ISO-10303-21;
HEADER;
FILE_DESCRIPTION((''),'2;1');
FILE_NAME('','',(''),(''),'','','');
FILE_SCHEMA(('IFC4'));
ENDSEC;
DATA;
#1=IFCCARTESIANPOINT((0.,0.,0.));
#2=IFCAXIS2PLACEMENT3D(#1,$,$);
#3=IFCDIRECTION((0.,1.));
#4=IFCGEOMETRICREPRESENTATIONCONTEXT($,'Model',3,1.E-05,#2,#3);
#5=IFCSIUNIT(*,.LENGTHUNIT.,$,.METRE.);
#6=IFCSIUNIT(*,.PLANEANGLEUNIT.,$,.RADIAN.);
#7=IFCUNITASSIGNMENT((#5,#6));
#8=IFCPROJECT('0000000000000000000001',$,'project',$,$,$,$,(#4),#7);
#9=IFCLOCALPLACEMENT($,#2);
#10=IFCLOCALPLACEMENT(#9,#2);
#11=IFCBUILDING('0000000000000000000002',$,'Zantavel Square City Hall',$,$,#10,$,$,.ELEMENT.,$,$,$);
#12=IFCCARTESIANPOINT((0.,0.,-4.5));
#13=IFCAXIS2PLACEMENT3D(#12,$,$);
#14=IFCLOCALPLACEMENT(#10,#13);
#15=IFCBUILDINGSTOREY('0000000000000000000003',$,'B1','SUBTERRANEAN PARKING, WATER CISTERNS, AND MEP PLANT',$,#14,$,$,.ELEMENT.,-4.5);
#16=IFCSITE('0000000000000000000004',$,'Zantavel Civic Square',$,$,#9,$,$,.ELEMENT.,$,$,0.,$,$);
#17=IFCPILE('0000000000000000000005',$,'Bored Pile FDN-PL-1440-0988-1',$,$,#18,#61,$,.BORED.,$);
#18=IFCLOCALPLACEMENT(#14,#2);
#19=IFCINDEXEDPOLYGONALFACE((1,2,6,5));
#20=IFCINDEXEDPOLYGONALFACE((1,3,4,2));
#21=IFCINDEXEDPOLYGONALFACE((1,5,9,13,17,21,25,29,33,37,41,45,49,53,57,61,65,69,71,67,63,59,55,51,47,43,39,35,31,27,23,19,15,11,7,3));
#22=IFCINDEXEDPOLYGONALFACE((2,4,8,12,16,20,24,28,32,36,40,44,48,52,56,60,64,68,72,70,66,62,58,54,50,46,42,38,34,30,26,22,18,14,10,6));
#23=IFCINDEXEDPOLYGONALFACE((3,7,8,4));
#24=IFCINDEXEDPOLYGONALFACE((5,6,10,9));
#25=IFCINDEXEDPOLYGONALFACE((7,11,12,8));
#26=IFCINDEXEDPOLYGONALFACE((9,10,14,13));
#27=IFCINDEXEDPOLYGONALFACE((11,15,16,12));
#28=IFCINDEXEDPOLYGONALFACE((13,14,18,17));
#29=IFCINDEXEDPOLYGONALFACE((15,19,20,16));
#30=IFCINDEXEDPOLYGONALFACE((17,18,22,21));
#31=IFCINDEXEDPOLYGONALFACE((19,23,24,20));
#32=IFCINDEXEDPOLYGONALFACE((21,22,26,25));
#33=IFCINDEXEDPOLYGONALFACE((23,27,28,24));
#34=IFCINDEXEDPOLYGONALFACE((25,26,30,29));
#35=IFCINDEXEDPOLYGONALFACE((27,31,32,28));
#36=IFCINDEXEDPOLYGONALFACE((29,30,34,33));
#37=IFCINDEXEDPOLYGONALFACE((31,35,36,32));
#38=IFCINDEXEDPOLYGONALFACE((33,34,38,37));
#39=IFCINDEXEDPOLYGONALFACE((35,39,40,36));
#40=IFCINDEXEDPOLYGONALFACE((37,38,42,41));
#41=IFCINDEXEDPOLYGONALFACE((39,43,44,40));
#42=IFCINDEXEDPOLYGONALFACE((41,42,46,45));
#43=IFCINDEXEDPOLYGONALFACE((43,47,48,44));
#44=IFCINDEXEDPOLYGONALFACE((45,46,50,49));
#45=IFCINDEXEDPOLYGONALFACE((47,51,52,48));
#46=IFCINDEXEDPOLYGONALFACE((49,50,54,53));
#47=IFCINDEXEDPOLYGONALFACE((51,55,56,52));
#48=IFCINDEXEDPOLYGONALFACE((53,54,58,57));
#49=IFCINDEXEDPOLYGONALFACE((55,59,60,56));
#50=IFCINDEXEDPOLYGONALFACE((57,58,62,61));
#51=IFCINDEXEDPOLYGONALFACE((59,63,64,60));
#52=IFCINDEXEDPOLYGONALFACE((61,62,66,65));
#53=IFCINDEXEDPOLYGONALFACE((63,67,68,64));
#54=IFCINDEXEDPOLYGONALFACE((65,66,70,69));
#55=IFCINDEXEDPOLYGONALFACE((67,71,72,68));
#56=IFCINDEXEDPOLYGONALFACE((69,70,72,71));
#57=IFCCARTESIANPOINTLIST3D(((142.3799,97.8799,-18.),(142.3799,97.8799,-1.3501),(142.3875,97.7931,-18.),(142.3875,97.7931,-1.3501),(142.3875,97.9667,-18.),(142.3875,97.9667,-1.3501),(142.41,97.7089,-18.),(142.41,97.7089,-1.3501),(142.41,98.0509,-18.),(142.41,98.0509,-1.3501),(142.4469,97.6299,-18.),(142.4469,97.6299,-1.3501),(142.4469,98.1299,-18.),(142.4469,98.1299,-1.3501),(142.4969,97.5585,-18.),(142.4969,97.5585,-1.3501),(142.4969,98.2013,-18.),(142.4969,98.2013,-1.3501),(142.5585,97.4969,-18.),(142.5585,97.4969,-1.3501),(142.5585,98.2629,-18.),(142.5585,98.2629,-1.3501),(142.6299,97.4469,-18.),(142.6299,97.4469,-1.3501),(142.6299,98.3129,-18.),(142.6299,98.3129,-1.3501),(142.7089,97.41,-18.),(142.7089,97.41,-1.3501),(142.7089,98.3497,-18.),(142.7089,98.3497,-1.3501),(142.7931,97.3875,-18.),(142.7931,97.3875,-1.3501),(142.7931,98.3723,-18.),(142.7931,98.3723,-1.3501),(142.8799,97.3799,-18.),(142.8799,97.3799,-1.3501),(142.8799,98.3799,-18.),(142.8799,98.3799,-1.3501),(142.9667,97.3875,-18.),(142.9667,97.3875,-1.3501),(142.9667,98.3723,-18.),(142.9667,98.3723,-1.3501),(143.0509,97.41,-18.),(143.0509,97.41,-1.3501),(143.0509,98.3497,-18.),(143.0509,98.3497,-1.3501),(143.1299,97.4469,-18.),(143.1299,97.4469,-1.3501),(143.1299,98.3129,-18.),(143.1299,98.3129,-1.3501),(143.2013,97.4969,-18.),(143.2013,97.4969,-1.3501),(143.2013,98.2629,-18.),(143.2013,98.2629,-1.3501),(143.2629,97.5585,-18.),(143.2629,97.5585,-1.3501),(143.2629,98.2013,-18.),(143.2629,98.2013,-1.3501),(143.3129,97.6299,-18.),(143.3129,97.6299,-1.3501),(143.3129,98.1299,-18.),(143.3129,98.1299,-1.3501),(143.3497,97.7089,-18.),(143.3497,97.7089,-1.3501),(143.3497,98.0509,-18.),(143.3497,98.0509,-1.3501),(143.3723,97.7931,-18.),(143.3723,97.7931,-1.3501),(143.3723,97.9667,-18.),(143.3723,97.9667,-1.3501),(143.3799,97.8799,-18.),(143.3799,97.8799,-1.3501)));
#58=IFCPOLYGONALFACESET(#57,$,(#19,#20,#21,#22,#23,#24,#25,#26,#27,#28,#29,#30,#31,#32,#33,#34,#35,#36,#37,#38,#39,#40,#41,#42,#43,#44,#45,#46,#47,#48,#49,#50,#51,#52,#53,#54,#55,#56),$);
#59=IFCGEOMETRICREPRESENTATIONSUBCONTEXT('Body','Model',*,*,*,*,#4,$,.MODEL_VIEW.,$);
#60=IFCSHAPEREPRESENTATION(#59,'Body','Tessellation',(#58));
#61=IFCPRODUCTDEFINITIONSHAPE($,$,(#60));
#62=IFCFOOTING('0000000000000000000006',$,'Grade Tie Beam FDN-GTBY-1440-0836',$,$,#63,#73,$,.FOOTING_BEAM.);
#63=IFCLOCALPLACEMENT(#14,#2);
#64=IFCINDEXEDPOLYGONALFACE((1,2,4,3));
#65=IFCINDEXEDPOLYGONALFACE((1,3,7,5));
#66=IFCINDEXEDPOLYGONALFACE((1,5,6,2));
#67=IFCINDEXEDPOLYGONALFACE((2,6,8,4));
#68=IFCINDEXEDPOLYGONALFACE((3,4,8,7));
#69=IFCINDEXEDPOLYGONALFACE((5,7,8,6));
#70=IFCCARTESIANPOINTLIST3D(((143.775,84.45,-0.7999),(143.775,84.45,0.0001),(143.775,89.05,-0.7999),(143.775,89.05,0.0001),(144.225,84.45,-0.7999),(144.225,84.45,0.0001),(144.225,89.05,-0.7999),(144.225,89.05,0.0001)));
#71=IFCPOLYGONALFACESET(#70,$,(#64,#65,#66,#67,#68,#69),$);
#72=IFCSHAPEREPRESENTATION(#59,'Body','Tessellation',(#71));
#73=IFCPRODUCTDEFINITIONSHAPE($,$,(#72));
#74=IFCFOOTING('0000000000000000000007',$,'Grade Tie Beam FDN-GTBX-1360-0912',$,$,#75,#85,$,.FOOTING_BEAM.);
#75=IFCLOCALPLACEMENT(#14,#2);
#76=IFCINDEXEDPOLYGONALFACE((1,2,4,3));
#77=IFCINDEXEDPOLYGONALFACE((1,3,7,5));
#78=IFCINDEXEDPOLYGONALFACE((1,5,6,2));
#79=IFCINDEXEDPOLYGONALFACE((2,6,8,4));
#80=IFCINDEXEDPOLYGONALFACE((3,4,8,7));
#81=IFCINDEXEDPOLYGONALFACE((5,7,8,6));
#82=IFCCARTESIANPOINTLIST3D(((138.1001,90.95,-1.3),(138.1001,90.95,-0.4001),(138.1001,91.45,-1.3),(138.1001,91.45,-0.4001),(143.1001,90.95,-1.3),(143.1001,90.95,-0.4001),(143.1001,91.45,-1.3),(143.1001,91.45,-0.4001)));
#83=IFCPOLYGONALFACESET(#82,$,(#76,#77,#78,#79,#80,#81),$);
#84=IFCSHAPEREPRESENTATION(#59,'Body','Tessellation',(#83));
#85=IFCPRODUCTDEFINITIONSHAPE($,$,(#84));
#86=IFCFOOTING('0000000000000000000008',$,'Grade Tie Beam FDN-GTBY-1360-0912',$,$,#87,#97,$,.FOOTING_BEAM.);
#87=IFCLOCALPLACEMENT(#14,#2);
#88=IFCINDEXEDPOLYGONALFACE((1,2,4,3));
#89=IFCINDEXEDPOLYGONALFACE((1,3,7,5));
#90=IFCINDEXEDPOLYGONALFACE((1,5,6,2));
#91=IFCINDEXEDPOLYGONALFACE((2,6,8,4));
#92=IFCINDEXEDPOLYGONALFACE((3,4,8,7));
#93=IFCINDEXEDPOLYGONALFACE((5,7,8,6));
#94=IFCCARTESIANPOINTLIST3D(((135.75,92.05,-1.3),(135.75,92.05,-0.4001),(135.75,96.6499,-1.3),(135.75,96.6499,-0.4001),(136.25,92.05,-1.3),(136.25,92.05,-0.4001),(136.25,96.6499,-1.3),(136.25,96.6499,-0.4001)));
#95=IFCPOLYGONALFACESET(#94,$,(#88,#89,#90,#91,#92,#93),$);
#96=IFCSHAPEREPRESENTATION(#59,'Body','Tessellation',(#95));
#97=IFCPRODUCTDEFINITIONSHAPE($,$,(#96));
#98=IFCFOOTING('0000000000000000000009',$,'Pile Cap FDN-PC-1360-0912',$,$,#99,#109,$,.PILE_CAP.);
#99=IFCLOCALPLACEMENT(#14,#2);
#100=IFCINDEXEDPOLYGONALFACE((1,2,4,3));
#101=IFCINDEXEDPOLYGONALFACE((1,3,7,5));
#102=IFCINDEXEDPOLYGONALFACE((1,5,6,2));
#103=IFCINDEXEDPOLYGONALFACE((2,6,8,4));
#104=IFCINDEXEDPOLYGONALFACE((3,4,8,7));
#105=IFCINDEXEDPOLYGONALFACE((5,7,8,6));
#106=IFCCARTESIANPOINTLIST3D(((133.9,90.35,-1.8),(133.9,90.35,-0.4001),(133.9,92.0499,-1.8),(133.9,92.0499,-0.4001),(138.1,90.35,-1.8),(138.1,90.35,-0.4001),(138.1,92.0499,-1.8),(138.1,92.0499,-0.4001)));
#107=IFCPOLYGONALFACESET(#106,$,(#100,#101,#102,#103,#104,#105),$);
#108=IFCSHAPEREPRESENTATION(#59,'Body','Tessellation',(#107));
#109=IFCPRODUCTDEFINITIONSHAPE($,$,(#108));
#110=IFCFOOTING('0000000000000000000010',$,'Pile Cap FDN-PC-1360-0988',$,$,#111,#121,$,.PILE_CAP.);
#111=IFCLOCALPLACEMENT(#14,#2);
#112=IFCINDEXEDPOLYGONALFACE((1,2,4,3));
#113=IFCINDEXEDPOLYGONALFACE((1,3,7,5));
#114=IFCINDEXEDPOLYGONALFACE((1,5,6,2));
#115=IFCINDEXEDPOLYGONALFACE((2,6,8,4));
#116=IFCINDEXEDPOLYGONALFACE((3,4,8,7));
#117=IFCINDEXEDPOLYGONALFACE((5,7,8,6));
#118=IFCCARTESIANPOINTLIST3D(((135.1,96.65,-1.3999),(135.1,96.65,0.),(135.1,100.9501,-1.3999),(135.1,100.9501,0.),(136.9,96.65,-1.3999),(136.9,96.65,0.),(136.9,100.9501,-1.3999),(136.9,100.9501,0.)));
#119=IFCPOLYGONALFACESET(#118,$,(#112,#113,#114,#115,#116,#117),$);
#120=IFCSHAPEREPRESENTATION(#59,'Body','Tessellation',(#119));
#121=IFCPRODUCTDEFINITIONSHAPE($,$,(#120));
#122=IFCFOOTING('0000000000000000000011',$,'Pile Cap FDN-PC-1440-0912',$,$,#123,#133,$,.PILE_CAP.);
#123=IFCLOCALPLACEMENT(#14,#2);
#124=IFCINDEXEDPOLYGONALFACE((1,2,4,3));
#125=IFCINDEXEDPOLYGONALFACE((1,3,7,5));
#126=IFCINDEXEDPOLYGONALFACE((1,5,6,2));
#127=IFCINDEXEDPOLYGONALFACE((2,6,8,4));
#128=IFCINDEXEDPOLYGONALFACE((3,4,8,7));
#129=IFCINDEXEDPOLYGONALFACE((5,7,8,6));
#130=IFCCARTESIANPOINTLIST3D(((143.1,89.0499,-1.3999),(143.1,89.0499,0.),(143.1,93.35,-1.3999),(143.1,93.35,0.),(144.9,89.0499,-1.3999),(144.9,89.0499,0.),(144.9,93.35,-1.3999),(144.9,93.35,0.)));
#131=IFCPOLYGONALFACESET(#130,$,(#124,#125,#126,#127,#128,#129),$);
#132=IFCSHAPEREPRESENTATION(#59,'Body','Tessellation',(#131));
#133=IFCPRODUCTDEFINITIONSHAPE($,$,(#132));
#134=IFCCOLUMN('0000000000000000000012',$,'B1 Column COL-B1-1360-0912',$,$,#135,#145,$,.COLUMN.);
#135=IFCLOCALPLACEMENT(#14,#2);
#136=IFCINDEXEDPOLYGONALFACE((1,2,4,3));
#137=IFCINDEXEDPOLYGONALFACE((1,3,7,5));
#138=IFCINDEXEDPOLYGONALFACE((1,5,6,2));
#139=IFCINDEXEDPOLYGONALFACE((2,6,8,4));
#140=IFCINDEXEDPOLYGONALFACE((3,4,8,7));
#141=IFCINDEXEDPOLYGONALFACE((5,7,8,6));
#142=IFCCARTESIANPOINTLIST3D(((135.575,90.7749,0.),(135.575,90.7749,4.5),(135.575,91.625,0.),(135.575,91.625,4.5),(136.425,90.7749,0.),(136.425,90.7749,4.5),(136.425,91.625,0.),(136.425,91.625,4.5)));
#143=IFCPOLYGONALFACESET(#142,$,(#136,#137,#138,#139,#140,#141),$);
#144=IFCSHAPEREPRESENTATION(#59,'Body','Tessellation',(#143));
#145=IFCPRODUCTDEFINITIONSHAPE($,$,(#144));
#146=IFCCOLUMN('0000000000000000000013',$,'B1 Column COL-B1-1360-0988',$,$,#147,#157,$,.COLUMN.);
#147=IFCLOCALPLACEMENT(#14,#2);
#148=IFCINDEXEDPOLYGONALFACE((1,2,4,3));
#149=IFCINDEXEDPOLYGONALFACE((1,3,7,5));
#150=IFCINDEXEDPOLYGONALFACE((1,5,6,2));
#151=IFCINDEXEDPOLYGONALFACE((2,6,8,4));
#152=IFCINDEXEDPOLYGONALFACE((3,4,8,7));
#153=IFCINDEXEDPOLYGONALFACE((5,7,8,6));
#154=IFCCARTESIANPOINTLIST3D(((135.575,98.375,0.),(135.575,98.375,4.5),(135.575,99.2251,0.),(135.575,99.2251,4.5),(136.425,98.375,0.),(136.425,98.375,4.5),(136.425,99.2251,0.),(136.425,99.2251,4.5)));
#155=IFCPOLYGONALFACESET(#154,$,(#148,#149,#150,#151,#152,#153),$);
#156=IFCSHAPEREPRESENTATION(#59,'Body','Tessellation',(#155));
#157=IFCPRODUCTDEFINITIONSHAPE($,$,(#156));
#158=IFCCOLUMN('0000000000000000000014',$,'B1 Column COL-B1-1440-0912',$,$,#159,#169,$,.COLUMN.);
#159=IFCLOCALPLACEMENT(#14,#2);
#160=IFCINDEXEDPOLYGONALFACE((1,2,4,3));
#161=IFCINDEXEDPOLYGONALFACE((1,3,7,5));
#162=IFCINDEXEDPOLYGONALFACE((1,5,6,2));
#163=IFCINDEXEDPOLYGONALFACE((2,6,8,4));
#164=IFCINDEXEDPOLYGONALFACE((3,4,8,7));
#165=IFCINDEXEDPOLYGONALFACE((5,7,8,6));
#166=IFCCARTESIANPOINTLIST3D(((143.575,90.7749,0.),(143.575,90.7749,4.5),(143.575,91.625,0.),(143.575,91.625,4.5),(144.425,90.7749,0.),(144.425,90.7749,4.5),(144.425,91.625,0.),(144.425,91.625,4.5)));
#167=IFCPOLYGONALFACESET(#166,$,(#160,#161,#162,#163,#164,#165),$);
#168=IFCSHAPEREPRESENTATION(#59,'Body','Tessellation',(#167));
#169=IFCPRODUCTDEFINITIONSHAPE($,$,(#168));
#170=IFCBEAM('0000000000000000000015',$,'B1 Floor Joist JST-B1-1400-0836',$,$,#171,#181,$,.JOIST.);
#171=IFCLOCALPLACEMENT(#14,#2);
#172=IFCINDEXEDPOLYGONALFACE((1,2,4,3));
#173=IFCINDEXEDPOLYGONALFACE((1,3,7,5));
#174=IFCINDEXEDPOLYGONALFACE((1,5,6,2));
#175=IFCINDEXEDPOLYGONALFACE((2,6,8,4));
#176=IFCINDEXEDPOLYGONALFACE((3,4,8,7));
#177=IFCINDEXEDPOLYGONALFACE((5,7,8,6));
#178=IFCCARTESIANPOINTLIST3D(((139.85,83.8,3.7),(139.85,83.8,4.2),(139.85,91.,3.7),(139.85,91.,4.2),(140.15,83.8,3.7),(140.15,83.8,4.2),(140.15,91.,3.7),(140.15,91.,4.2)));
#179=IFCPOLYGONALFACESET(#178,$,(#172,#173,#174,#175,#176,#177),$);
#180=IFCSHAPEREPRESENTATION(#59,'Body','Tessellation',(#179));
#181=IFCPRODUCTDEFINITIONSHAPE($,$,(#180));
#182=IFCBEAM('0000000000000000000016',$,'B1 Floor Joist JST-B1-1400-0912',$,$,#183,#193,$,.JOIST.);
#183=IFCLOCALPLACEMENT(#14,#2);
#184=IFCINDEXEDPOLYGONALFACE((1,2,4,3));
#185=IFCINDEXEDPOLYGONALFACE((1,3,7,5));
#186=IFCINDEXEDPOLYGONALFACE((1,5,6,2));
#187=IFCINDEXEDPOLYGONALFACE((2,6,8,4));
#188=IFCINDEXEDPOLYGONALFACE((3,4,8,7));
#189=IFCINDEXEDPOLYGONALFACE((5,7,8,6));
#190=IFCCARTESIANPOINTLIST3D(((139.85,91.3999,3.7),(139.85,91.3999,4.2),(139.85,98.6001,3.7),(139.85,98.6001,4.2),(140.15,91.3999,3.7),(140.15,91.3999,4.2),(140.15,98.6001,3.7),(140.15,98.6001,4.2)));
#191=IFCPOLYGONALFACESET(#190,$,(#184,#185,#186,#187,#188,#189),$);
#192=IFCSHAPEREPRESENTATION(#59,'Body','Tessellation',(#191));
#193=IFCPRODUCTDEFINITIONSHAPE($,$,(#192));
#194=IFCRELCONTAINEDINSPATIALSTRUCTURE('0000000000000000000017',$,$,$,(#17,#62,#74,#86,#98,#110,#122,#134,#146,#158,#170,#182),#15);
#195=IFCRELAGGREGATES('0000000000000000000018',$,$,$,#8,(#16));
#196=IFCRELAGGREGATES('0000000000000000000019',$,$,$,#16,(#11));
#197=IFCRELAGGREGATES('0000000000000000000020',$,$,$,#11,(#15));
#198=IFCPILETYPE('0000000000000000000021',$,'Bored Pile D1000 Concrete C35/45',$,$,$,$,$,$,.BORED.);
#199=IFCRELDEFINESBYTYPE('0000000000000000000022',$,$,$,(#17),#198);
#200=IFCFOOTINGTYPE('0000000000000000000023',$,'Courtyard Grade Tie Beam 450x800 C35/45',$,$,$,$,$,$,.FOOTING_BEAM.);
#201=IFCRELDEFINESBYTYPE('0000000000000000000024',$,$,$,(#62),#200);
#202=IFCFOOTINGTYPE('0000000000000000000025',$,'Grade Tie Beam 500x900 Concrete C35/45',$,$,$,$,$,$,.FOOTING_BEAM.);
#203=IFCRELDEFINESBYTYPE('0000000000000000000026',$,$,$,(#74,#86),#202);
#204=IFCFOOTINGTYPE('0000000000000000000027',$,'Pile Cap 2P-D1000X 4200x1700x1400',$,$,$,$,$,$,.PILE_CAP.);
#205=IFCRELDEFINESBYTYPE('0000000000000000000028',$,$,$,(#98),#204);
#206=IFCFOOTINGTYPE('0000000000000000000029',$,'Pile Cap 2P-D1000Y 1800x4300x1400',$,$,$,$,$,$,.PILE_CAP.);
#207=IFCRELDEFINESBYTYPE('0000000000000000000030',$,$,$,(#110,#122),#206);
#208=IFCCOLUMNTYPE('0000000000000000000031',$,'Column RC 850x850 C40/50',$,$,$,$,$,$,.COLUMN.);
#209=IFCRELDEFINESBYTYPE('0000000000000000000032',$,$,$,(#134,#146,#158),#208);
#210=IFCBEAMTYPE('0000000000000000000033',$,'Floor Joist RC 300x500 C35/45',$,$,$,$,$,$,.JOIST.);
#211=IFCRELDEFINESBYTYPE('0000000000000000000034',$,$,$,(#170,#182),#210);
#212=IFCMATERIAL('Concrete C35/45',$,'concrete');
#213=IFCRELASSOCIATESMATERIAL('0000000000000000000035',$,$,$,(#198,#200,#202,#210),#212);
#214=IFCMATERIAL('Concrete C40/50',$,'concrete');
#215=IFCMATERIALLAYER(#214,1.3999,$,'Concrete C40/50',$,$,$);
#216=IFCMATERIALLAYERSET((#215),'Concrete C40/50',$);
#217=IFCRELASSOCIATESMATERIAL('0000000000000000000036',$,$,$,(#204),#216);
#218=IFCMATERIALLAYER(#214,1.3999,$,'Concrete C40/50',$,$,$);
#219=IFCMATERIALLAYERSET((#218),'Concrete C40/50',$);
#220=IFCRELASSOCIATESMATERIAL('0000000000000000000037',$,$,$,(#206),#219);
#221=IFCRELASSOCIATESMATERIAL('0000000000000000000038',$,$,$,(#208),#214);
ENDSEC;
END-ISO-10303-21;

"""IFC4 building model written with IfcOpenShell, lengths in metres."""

from ifc_helpers import new_model, si_unit, direction, frame, origin, origin_2d, place, context, subcontext, project, spatial, rectangle, circle, extrude, material, layer, layer_set, material_profile, profile_set, type_object, element, save


model = new_model("IFC4")

# Units and contexts
model_context = context("Model", 3, precision=1e-05, world=origin(), true_north=direction((0.0, 1.0)))
body_context = subcontext(model_context, "Body", "Model", "MODEL_VIEW")
ifc_project = project(units=[si_unit("LENGTHUNIT", "METRE"), si_unit("PLANEANGLEUNIT", "RADIAN")], contexts=[model_context])

# Site, building, storey
site_placement = place(None, origin())
site = spatial("IfcSite", under=ifc_project, at=site_placement, Name="Zantavel Civic Square", CompositionType="ELEMENT", RefElevation=0.0)
building_placement = place(site_placement, origin())
building = spatial("IfcBuilding", under=site, at=building_placement, Name="Zantavel Square City Hall", CompositionType="ELEMENT")
storey_placement = place(building_placement, frame((0.0, 0.0, -4.5)))
storey = spatial("IfcBuildingStorey", under=building, at=storey_placement, Name="B1", Description="SUBTERRANEAN PARKING, WATER CISTERNS, AND MEP PLANT", CompositionType="ELEMENT", Elevation=-4.5)

# Pile
ifc_material_1 = material(Name="Concrete C35/45", Category="concrete")
ifc_material_profile_1 = material_profile(ifc_material_1, circle(Radius=0.5, at=origin_2d()), Name="PILE D1000")
ifc_profile_set_1 = profile_set([ifc_material_profile_1], Name="Concrete C35/45")
pile_type = type_object("IfcPileType", Name="Bored Pile D1000 Concrete C35/45", PredefinedType="BORED", material=ifc_profile_set_1)
pile_1_placement = place(storey_placement, frame((142.8799, 97.8799, -1.3501), z_axis=(0.0, 0.0, -1.0), x_axis=(1.0, 0.0, 0.0)))
element("IfcPile", 1, at=pile_1_placement, inside=storey, type_object=pile_type, Name="Bored Pile FDN-PL-1440-0988-1", PredefinedType="BORED", context=body_context, shape_type="SweptSolid", body=[
    extrude(circle(Radius=0.5, at=origin_2d()), origin(), (0.0, 0.0, 1.0), 16.6499),
])

# Footings
ifc_material_profile_2 = material_profile(ifc_material_1, rectangle(XDim=0.45, YDim=0.8, at=origin_2d()), Name="RC 450x800")
ifc_profile_set_2 = profile_set([ifc_material_profile_2], Name="Concrete C35/45")
footing_type_1 = type_object("IfcFootingType", Name="Courtyard Grade Tie Beam 450x800 C35/45", PredefinedType="FOOTING_BEAM", material=ifc_profile_set_2)
footing_1_placement = place(storey_placement, frame((144.0, 84.45, -0.3999), z_axis=(0.0, 1.0, 0.0), x_axis=(-1.0, 0.0, 0.0)))
element("IfcFooting", 2, at=footing_1_placement, inside=storey, type_object=footing_type_1, Name="Grade Tie Beam FDN-GTBY-1440-0836", PredefinedType="FOOTING_BEAM", context=body_context, shape_type="SweptSolid", body=[
    extrude(rectangle(XDim=0.45, YDim=0.8, at=origin_2d()), origin(), (0.0, 0.0, 1.0), 4.6001),
])
ifc_material_profile_3 = material_profile(ifc_material_1, rectangle(XDim=0.5, YDim=0.8999, at=origin_2d()), Name="RC 500x900")
ifc_profile_set_3 = profile_set([ifc_material_profile_3], Name="Concrete C35/45")
footing_type_2 = type_object("IfcFootingType", Name="Grade Tie Beam 500x900 Concrete C35/45", PredefinedType="FOOTING_BEAM", material=ifc_profile_set_3)
footing_2_placement = place(storey_placement, frame((138.1001, 91.2, -0.8501), z_axis=(1.0, 0.0, 0.0), x_axis=(0.0, 1.0, 0.0)))
element("IfcFooting", 3, at=footing_2_placement, inside=storey, type_object=footing_type_2, Name="Grade Tie Beam FDN-GTBX-1360-0912", PredefinedType="FOOTING_BEAM", context=body_context, shape_type="SweptSolid", body=[
    extrude(rectangle(XDim=0.5, YDim=0.8999, at=origin_2d()), origin(), (0.0, 0.0, 1.0), 5.0),
])
footing_3_placement = place(storey_placement, frame((136.0, 92.05, -0.8501), z_axis=(0.0, 1.0, 0.0), x_axis=(-1.0, 0.0, 0.0)))
element("IfcFooting", 4, at=footing_3_placement, inside=storey, type_object=footing_type_2, Name="Grade Tie Beam FDN-GTBY-1360-0912", PredefinedType="FOOTING_BEAM", context=body_context, shape_type="SweptSolid", body=[
    extrude(rectangle(XDim=0.5, YDim=0.8999, at=origin_2d()), origin(), (0.0, 0.0, 1.0), 4.5999),
])
ifc_material_2 = material(Name="Concrete C40/50", Category="concrete")
ifc_layer_1 = layer(ifc_material_2, 1.3999, Name="Concrete C40/50")
ifc_layer_set_1 = layer_set([ifc_layer_1], Name="Concrete C40/50")
footing_type_3 = type_object("IfcFootingType", Name="Pile Cap 2P-D1000X 4200x1700x1400", PredefinedType="PILE_CAP", material=ifc_layer_set_1)
footing_4_placement = place(storey_placement, frame((136.0, 91.2, -1.8), z_axis=(0.0, 0.0, 1.0), x_axis=(1.0, 0.0, 0.0)))
element("IfcFooting", 5, at=footing_4_placement, inside=storey, type_object=footing_type_3, Name="Pile Cap FDN-PC-1360-0912", PredefinedType="PILE_CAP", context=body_context, shape_type="SweptSolid", body=[
    extrude(rectangle(XDim=4.2, YDim=1.7, at=origin_2d()), origin(), (0.0, 0.0, 1.0), 1.3999),
])
ifc_layer_2 = layer(ifc_material_2, 1.3999, Name="Concrete C40/50")
ifc_layer_set_2 = layer_set([ifc_layer_2], Name="Concrete C40/50")
footing_type_4 = type_object("IfcFootingType", Name="Pile Cap 2P-D1000Y 1800x4300x1400", PredefinedType="PILE_CAP", material=ifc_layer_set_2)
for number, where, z_axis, x_axis, name in (
    (6, (136.0, 98.8, -1.3999), (0.0, 0.0, 1.0), (1.0, 0.0, 0.0), "Pile Cap FDN-PC-1360-0988"),
    (7, (144.0, 91.2, -1.3999), (0.0, 0.0, 1.0), (1.0, 0.0, 0.0), "Pile Cap FDN-PC-1440-0912"),
):
    element("IfcFooting", number, at=place(storey_placement, frame(where, z_axis=z_axis, x_axis=x_axis)), inside=storey, type_object=footing_type_4, Name=name, PredefinedType="PILE_CAP", context=body_context, shape_type="SweptSolid", body=[
        extrude(rectangle(XDim=1.8, YDim=4.3, at=origin_2d()), origin(), (0.0, 0.0, 1.0), 1.3999),
    ])

# Columns
ifc_material_profile_4 = material_profile(ifc_material_2, rectangle(XDim=0.8501, YDim=0.8501, at=origin_2d()), Name="RC 850x850")
ifc_profile_set_4 = profile_set([ifc_material_profile_4], Name="Concrete C40/50")
column_type = type_object("IfcColumnType", Name="Column RC 850x850 C40/50", PredefinedType="COLUMN", material=ifc_profile_set_4)
for number, where, z_axis, x_axis, name in (
    (8, (136.0, 91.2, 0.0), (0.0, 0.0, 1.0), (1.0, 0.0, 0.0), "B1 Column COL-B1-1360-0912"),
    (9, (136.0, 98.8, 0.0), (0.0, 0.0, 1.0), (1.0, 0.0, 0.0), "B1 Column COL-B1-1360-0988"),
    (10, (144.0, 91.2, 0.0), (0.0, 0.0, 1.0), (1.0, 0.0, 0.0), "B1 Column COL-B1-1440-0912"),
):
    element("IfcColumn", number, at=place(storey_placement, frame(where, z_axis=z_axis, x_axis=x_axis)), inside=storey, type_object=column_type, Name=name, PredefinedType="COLUMN", context=body_context, shape_type="SweptSolid", body=[
        extrude(rectangle(XDim=0.8501, YDim=0.8501, at=origin_2d()), origin(), (0.0, 0.0, 1.0), 4.5),
    ])

# Beams
ifc_material_profile_5 = material_profile(ifc_material_1, rectangle(XDim=0.3, YDim=0.5, at=origin_2d()), Name="RC 300x500")
ifc_profile_set_5 = profile_set([ifc_material_profile_5], Name="Concrete C35/45")
beam_type_1 = type_object("IfcBeamType", Name="Floor Joist RC 300x500 C35/45", PredefinedType="JOIST", material=ifc_profile_set_5)
beam_1_placement = place(storey_placement, frame((140.0, 83.8, 3.95), z_axis=(0.0, 1.0, 0.0), x_axis=(-1.0, 0.0, 0.0)))
element("IfcBeam", 11, at=beam_1_placement, inside=storey, type_object=beam_type_1, Name="B1 Floor Joist JST-B1-1400-0836", PredefinedType="JOIST", context=body_context, shape_type="SweptSolid", body=[
    extrude(rectangle(XDim=0.3, YDim=0.5, at=origin_2d()), origin(), (0.0, 0.0, 1.0), 7.2),
])
beam_2_placement = place(storey_placement, frame((140.0, 91.3999, 3.95), z_axis=(0.0, 1.0, 0.0), x_axis=(-1.0, 0.0, 0.0)))
element("IfcBeam", 12, at=beam_2_placement, inside=storey, type_object=beam_type_1, Name="B1 Floor Joist JST-B1-1400-0912", PredefinedType="JOIST", context=body_context, shape_type="SweptSolid", body=[
    extrude(rectangle(XDim=0.3, YDim=0.5, at=origin_2d()), origin(), (0.0, 0.0, 1.0), 7.2002),
])

save(model, "model.ifc")
